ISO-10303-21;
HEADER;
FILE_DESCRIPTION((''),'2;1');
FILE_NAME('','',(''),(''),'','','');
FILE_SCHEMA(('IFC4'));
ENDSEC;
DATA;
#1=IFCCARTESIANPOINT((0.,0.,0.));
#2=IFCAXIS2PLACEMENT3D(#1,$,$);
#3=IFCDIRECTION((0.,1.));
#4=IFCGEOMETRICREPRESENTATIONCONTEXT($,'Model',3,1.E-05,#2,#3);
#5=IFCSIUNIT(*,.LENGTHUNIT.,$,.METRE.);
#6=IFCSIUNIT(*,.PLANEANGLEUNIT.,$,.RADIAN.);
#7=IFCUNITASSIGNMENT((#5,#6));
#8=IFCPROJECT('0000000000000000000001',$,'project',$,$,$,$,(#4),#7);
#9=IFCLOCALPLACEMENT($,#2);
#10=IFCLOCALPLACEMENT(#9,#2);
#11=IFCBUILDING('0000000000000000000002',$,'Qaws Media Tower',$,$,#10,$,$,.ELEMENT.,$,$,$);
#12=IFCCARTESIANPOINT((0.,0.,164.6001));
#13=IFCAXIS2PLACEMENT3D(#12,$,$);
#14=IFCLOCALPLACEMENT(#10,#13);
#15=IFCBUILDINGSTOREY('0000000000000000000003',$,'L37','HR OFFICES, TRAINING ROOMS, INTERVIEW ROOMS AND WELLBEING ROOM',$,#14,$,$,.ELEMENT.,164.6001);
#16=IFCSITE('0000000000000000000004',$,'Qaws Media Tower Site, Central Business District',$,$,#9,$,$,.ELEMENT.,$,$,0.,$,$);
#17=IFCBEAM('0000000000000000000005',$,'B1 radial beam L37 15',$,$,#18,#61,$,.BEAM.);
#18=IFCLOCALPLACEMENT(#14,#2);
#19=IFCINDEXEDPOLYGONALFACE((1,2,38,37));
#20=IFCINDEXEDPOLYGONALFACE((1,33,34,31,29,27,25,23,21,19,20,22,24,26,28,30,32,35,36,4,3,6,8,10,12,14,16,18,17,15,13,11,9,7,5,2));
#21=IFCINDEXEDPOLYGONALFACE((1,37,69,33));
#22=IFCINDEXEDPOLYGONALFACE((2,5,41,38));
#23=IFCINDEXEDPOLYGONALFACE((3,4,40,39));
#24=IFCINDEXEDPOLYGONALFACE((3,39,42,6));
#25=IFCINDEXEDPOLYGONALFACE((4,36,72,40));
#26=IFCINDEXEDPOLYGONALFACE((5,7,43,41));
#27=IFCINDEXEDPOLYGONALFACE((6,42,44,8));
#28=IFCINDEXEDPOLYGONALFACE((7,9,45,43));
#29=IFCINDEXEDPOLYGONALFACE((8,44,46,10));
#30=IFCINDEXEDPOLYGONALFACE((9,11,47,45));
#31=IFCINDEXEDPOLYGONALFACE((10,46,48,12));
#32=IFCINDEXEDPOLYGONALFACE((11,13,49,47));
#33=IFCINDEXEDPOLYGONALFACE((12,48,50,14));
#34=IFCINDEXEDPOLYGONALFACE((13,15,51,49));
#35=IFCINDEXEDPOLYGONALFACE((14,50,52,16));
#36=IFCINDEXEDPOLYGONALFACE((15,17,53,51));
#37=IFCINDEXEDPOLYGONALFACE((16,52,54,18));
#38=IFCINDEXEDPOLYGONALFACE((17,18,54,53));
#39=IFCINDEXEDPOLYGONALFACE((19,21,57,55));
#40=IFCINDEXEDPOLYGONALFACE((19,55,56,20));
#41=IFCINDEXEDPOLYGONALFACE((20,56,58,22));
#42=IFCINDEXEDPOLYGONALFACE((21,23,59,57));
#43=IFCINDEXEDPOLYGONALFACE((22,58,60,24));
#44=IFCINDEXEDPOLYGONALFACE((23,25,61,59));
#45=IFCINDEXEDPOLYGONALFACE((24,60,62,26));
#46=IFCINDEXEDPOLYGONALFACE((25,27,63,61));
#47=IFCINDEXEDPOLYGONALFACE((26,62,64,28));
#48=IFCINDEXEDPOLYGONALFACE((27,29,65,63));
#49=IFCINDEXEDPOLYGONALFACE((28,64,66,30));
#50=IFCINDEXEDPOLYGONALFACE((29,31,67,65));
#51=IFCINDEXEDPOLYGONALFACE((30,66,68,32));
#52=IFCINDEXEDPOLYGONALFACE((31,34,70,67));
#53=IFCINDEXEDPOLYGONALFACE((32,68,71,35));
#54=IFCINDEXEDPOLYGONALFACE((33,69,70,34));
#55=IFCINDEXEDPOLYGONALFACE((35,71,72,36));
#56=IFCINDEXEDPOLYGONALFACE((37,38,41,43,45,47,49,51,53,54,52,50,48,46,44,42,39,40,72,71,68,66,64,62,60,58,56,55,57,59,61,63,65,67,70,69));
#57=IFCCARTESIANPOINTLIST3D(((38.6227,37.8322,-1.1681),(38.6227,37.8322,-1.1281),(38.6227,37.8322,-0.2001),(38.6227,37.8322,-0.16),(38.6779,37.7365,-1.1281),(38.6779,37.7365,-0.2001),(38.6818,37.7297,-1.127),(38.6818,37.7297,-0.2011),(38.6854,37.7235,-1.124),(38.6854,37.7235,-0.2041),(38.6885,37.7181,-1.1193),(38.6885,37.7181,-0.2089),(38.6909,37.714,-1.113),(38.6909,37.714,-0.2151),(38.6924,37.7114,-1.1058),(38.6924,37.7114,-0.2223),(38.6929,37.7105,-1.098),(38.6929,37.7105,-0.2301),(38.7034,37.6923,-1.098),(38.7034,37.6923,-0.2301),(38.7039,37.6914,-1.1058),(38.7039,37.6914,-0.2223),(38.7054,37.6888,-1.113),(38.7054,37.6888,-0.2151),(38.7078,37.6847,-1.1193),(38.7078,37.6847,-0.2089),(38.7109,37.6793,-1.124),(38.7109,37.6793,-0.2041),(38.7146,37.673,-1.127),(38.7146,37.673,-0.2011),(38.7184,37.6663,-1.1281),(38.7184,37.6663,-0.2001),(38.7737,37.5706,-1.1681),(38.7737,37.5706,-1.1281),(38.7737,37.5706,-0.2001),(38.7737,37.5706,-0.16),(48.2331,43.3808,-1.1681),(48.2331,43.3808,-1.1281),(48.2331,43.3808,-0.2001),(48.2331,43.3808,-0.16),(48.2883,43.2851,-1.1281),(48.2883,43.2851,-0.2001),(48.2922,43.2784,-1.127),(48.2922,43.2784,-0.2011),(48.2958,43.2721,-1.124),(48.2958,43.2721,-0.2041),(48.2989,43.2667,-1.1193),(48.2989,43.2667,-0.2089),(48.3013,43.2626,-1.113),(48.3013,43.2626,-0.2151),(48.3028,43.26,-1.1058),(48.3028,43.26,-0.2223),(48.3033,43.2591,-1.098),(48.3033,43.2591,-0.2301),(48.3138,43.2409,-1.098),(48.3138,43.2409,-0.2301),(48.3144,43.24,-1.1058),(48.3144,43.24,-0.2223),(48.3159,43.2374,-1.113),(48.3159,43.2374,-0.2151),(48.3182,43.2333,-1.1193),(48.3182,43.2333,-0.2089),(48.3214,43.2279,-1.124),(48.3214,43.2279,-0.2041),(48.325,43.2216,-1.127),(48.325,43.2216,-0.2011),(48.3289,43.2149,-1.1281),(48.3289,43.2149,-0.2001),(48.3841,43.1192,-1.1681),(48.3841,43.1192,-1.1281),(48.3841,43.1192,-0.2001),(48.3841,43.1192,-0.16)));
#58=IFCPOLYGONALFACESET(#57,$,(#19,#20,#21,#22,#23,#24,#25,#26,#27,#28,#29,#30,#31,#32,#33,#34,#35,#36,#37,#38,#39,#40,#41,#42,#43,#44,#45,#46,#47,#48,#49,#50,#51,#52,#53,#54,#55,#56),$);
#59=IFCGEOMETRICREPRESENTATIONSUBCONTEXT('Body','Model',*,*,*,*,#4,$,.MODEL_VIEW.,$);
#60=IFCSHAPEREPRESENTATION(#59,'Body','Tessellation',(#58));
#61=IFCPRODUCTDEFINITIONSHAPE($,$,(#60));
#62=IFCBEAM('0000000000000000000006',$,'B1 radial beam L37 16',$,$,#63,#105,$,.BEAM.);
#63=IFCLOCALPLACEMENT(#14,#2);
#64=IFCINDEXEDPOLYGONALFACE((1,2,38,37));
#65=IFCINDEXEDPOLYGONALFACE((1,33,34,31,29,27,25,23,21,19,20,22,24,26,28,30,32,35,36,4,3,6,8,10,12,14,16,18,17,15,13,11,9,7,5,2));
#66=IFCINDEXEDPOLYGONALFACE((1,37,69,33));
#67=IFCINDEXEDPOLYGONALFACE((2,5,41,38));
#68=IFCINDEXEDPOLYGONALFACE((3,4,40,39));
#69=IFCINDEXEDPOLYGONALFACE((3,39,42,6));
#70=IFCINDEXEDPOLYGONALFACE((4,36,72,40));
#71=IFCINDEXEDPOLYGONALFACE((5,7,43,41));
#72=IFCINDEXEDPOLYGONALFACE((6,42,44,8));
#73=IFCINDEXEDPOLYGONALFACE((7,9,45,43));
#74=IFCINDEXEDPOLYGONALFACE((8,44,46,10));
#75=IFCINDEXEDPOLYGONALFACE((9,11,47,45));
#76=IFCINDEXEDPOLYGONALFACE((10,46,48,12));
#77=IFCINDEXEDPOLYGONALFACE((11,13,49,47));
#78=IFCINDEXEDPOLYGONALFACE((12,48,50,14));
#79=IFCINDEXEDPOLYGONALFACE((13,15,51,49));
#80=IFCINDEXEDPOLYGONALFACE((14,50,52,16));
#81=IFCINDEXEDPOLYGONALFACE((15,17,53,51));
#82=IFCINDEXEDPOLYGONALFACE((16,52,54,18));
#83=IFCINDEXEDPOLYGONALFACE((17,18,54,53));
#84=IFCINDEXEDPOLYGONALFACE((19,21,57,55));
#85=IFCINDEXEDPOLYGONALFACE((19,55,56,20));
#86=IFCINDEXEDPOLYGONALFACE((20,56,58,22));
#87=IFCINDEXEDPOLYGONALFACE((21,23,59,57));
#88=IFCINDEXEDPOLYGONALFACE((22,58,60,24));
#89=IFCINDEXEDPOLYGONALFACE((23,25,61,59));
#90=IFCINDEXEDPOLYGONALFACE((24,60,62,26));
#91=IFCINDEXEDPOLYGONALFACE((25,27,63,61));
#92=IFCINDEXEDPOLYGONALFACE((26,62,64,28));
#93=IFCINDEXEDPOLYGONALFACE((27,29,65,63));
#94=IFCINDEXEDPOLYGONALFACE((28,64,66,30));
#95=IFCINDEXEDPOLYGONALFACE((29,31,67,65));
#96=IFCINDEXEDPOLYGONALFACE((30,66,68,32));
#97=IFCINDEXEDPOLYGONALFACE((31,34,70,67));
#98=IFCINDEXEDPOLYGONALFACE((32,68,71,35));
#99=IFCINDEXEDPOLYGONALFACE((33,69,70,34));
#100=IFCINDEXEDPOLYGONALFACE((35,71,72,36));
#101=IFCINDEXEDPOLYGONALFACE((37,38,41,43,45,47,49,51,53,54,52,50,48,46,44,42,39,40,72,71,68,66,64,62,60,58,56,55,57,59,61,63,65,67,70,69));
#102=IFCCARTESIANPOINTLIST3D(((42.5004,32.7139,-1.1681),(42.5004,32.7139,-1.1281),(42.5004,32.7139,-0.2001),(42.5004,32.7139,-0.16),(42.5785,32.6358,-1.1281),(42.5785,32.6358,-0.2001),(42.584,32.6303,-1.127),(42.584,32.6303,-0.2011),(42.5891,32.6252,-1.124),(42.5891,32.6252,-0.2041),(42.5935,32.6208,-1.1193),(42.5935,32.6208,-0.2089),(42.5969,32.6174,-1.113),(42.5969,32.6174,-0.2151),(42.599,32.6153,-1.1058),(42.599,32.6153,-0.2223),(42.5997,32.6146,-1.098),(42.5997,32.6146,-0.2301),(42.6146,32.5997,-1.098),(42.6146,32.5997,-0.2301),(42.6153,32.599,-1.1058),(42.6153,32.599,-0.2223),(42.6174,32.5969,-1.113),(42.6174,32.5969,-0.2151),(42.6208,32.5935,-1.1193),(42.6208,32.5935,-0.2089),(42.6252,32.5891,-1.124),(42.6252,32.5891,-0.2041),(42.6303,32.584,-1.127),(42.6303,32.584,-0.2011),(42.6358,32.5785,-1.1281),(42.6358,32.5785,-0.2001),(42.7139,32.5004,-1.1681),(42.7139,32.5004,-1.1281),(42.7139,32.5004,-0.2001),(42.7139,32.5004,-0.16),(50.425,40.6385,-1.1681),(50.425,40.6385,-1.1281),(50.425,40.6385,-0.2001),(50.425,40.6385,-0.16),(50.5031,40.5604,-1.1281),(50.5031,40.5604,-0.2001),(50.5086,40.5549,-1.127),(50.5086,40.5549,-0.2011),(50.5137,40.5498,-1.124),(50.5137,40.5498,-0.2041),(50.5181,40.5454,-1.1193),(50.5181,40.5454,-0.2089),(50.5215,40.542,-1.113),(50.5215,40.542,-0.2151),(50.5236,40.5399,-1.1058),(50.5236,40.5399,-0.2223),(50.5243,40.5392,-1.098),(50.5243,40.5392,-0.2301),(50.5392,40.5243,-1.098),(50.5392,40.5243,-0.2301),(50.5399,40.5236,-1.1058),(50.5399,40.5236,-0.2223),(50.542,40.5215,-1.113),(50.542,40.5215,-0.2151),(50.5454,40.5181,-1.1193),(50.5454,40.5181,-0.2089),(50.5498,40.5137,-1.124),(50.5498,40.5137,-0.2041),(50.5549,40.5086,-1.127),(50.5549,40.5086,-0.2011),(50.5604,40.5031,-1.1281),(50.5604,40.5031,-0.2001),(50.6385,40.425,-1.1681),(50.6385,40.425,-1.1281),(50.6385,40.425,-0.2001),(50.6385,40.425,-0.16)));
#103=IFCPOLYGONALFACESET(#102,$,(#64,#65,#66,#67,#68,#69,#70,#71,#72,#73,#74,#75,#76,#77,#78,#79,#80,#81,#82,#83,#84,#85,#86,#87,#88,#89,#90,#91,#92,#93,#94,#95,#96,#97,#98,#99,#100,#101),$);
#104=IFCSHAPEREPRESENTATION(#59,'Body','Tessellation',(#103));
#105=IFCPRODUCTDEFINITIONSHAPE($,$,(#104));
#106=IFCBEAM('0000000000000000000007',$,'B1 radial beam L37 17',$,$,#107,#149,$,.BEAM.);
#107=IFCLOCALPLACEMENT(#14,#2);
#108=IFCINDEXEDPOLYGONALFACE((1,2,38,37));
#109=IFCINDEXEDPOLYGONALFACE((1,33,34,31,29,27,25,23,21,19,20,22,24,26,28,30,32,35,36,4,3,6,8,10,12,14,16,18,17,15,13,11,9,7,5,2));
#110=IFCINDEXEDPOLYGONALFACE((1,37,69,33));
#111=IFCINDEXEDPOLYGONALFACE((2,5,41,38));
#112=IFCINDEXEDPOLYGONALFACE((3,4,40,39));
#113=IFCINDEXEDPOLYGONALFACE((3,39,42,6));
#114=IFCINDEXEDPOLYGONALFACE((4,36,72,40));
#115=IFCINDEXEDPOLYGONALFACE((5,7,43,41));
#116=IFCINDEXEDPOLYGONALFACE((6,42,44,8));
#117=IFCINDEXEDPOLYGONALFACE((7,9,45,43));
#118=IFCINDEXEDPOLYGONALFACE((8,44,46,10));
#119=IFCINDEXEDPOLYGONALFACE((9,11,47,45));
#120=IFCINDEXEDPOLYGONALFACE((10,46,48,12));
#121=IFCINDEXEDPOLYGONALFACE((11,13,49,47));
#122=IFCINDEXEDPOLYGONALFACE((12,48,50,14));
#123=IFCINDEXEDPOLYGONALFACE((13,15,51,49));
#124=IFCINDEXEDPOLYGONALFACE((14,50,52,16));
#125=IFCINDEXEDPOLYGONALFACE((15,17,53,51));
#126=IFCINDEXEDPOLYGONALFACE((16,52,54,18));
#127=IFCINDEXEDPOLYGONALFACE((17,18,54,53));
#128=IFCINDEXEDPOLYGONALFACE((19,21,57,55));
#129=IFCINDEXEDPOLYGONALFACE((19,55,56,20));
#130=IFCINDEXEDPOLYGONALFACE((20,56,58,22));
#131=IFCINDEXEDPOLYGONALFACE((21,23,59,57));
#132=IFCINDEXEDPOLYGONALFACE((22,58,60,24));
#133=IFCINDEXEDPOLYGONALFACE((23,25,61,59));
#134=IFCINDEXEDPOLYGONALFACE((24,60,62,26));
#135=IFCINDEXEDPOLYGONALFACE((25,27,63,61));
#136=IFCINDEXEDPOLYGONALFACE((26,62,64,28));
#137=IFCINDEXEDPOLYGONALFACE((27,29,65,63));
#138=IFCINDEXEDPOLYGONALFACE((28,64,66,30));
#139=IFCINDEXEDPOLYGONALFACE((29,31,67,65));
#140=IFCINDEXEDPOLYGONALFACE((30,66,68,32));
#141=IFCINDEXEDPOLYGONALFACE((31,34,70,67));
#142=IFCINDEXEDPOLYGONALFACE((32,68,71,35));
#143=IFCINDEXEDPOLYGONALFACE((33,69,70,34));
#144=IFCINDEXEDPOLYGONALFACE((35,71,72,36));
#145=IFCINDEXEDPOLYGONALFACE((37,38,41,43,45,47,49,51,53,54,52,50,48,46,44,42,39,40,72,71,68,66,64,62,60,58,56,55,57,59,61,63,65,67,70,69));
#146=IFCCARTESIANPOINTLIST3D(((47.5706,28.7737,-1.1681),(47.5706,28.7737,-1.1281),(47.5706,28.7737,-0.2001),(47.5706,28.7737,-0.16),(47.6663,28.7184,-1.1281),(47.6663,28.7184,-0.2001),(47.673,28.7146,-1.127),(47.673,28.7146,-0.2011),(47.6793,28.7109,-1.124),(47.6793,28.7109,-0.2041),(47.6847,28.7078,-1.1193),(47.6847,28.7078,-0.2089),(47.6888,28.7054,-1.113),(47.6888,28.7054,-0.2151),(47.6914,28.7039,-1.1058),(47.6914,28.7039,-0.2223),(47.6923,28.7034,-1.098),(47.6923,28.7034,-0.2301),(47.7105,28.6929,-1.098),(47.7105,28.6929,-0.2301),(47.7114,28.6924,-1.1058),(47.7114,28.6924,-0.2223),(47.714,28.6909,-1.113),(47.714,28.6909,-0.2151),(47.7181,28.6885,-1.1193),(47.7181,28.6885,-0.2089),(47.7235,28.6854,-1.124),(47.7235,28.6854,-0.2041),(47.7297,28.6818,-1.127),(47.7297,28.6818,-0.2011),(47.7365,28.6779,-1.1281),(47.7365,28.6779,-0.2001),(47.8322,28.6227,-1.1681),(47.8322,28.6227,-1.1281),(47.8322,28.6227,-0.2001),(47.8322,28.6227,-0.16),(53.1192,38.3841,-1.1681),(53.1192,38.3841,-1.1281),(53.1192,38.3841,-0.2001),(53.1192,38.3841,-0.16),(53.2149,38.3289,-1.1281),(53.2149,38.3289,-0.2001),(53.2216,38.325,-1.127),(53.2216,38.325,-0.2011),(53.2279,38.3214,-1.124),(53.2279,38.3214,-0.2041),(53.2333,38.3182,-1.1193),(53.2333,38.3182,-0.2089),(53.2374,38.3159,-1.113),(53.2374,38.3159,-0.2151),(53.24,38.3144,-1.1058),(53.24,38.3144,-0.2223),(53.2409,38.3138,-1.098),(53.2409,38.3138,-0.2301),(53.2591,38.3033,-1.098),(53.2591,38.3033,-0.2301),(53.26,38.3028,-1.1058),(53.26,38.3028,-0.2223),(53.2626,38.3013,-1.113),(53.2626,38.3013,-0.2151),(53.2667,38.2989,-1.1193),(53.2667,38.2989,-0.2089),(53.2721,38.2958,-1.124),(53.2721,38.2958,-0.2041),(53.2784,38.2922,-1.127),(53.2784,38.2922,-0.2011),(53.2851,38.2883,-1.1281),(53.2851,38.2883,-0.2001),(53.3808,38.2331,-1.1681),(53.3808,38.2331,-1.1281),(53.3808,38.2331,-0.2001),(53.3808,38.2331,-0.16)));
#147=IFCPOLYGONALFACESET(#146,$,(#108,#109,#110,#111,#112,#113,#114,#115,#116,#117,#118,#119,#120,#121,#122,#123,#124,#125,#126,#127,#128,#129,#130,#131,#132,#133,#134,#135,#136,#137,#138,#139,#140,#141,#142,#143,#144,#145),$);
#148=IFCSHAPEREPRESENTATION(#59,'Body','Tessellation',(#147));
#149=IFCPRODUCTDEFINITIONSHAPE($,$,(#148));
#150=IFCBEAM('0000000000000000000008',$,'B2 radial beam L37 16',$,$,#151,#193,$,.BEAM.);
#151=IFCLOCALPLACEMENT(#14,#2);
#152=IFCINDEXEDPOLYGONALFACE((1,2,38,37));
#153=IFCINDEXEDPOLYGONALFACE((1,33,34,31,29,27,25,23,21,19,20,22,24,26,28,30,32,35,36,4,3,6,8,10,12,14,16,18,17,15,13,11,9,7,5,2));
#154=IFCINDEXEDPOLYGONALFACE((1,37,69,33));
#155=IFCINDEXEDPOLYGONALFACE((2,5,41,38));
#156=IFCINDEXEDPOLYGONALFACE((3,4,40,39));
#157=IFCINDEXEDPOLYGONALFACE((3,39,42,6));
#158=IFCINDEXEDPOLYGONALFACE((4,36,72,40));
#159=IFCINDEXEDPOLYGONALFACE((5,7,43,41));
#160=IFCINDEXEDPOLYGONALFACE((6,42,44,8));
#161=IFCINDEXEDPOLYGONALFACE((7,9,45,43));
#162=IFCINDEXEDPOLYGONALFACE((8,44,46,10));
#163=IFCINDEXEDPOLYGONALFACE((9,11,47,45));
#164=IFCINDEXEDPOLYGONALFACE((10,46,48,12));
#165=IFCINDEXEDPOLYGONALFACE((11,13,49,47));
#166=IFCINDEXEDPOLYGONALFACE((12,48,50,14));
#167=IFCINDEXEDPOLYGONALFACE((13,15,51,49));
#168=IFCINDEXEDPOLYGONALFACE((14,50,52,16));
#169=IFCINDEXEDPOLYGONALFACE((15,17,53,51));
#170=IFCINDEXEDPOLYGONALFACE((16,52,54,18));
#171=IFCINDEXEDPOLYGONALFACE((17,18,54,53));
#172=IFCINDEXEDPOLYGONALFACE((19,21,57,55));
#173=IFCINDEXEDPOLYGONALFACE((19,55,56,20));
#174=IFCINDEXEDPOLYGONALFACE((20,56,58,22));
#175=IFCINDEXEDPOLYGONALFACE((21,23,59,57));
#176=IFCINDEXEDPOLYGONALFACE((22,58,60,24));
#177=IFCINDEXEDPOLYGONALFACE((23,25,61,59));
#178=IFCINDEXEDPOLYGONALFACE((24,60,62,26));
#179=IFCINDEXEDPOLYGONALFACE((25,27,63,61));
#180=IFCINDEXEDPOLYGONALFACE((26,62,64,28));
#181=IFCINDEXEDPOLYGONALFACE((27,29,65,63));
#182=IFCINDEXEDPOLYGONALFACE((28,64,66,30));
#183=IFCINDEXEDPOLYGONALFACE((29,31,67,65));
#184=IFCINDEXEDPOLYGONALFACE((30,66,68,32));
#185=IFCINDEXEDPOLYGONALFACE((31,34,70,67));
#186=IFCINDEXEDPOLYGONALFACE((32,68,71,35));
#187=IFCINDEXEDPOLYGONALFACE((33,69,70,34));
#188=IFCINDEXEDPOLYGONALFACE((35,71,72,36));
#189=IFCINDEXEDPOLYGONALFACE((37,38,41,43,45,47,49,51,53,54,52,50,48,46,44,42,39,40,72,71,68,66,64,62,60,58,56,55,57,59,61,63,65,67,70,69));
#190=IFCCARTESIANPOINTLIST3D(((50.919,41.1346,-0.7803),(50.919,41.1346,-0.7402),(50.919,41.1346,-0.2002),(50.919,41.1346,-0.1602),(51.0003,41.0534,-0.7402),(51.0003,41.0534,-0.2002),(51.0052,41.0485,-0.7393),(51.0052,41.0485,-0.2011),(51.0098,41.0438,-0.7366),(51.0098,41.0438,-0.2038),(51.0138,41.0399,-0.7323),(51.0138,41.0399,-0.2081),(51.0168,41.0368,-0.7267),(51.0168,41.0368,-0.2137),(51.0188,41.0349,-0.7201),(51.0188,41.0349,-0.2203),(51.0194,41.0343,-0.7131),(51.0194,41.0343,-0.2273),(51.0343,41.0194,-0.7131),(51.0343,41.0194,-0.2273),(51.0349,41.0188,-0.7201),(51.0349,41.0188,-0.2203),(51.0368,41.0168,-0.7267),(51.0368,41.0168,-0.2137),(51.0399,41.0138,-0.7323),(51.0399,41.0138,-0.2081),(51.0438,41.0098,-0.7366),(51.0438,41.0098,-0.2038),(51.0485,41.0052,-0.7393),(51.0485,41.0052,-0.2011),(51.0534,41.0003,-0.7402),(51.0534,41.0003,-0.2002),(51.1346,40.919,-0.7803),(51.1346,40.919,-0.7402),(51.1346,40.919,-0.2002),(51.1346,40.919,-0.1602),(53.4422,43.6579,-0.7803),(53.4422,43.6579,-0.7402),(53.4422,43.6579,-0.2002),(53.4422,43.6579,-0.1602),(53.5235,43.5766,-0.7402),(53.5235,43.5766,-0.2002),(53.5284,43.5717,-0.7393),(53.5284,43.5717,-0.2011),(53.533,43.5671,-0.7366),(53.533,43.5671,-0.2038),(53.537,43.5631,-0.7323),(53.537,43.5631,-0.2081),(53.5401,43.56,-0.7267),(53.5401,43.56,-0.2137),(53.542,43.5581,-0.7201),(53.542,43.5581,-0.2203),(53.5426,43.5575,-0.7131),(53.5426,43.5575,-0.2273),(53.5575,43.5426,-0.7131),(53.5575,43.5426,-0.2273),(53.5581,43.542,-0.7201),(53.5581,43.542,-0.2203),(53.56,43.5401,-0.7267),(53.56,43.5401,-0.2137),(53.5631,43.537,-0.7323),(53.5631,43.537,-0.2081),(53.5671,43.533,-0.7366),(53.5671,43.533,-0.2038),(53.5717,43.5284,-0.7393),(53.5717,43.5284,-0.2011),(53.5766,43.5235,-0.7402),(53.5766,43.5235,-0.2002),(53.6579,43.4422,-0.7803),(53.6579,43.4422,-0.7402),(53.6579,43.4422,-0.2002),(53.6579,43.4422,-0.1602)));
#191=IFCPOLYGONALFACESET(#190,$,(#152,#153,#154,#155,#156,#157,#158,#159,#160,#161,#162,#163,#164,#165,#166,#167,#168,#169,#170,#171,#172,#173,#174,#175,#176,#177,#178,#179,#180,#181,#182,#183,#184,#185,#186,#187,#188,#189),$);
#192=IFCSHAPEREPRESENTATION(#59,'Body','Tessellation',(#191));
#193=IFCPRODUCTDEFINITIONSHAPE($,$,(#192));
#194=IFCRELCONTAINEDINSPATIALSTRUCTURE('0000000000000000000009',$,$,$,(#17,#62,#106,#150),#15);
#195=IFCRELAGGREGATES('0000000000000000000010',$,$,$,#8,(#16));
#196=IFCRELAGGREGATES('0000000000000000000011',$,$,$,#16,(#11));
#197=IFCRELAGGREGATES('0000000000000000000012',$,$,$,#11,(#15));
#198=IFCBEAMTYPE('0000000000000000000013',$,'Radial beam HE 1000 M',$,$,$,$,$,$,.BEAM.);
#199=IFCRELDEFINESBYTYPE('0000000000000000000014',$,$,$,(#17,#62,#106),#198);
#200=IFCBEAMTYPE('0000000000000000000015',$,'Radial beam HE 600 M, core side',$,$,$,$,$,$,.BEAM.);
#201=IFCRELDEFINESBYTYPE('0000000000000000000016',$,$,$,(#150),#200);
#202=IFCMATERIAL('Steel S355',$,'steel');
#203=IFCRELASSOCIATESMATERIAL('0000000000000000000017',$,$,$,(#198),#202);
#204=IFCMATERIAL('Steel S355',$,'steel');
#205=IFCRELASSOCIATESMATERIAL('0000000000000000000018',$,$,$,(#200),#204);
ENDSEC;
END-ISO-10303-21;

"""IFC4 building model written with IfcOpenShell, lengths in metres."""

from ifc_helpers import new_model, si_unit, direction, frame, origin, origin_2d, place, context, subcontext, project, spatial, i_section, extrude, material, material_profile, profile_set, type_object, element, save


model = new_model("IFC4")

# Units and contexts
model_context = context("Model", 3, precision=1e-05, world=origin(), true_north=direction((0.0, 1.0)))
body_context = subcontext(model_context, "Body", "Model", "MODEL_VIEW")
ifc_project = project(units=[si_unit("LENGTHUNIT", "METRE"), si_unit("PLANEANGLEUNIT", "RADIAN")], contexts=[model_context])

# Site, building, storey
site_placement = place(None, origin())
site = spatial("IfcSite", under=ifc_project, at=site_placement, Name="Qaws Media Tower Site, Central Business District", CompositionType="ELEMENT", RefElevation=0.0)
building_placement = place(site_placement, origin())
building = spatial("IfcBuilding", under=site, at=building_placement, Name="Qaws Media Tower", CompositionType="ELEMENT")
storey_placement = place(building_placement, frame((0.0, 0.0, 164.6001)))
storey = spatial("IfcBuildingStorey", under=building, at=storey_placement, Name="L37", Description="HR OFFICES, TRAINING ROOMS, INTERVIEW ROOMS AND WELLBEING ROOM", CompositionType="ELEMENT", Elevation=164.6001)

# Beams
ifc_material_1 = material(Name="Steel S355", Category="steel")
ifc_material_profile_1 = material_profile(ifc_material_1, i_section(OverallWidth=0.302, OverallDepth=1.0081, WebThickness=0.021, FlangeThickness=0.04, FilletRadius=0.03, at=origin_2d()), Name="HE 1000 M")
ifc_profile_set_1 = profile_set([ifc_material_profile_1], Name="Steel S355")
beam_type_1 = type_object("IfcBeamType", Name="Radial beam HE 1000 M", PredefinedType="BEAM", material=ifc_profile_set_1)
beam_1_placement = place(storey_placement, frame((48.3086, 43.25, -0.6641), z_axis=(-0.866024, -0.500003, 0.0), x_axis=(0.500003, -0.866024, 0.0)))
element("IfcBeam", 1, at=beam_1_placement, inside=storey, type_object=beam_type_1, Name="B1 radial beam L37 15", PredefinedType="BEAM", context=body_context, shape_type="SweptSolid", body=[
    extrude(i_section(OverallWidth=0.302, OverallDepth=1.0081, WebThickness=0.021, FlangeThickness=0.04, FilletRadius=0.03, at=origin_2d()), origin(), (0.0, 0.0, 1.0), 11.0972),
])
beam_2_placement = place(storey_placement, frame((50.5317, 40.5317, -0.6641), z_axis=(-0.707107, -0.707107, 0.0), x_axis=(0.707107, -0.707107, 0.0)))
element("IfcBeam", 2, at=beam_2_placement, inside=storey, type_object=beam_type_1, Name="B1 radial beam L37 16", PredefinedType="BEAM", context=body_context, shape_type="SweptSolid", body=[
    extrude(i_section(OverallWidth=0.302, OverallDepth=1.0081, WebThickness=0.021, FlangeThickness=0.04, FilletRadius=0.03, at=origin_2d()), origin(), (0.0, 0.0, 1.0), 11.207),
])
beam_3_placement = place(storey_placement, frame((53.25, 38.3086, -0.6641), z_axis=(-0.500003, -0.866024, 0.0), x_axis=(0.866024, -0.500003, 0.0)))
element("IfcBeam", 3, at=beam_3_placement, inside=storey, type_object=beam_type_1, Name="B1 radial beam L37 17", PredefinedType="BEAM", context=body_context, shape_type="SweptSolid", body=[
    extrude(i_section(OverallWidth=0.302, OverallDepth=1.0081, WebThickness=0.021, FlangeThickness=0.04, FilletRadius=0.03, at=origin_2d()), origin(), (0.0, 0.0, 1.0), 11.0972),
])
ifc_material_2 = material(Name="Steel S355", Category="steel")
ifc_material_profile_2 = material_profile(ifc_material_2, i_section(OverallWidth=0.3049, OverallDepth=0.6201, WebThickness=0.021, FlangeThickness=0.04, FilletRadius=0.0271, at=origin_2d()), Name="HE 600 M")
ifc_profile_set_2 = profile_set([ifc_material_profile_2], Name="Steel S355")
beam_type_2 = type_object("IfcBeamType", Name="Radial beam HE 600 M, core side", PredefinedType="BEAM", material=ifc_profile_set_2)
beam_4_placement = place(storey_placement, frame((53.55, 43.55, -0.4702), z_axis=(-0.707107, -0.707107, 0.0), x_axis=(0.707107, -0.707107, 0.0)))
element("IfcBeam", 4, at=beam_4_placement, inside=storey, type_object=beam_type_2, Name="B2 radial beam L37 16", PredefinedType="BEAM", context=body_context, shape_type="SweptSolid", body=[
    extrude(i_section(OverallWidth=0.3049, OverallDepth=0.6201, WebThickness=0.021, FlangeThickness=0.04, FilletRadius=0.0271, at=origin_2d()), origin(), (0.0, 0.0, 1.0), 3.5684),
])

save(model, "model.ifc")
